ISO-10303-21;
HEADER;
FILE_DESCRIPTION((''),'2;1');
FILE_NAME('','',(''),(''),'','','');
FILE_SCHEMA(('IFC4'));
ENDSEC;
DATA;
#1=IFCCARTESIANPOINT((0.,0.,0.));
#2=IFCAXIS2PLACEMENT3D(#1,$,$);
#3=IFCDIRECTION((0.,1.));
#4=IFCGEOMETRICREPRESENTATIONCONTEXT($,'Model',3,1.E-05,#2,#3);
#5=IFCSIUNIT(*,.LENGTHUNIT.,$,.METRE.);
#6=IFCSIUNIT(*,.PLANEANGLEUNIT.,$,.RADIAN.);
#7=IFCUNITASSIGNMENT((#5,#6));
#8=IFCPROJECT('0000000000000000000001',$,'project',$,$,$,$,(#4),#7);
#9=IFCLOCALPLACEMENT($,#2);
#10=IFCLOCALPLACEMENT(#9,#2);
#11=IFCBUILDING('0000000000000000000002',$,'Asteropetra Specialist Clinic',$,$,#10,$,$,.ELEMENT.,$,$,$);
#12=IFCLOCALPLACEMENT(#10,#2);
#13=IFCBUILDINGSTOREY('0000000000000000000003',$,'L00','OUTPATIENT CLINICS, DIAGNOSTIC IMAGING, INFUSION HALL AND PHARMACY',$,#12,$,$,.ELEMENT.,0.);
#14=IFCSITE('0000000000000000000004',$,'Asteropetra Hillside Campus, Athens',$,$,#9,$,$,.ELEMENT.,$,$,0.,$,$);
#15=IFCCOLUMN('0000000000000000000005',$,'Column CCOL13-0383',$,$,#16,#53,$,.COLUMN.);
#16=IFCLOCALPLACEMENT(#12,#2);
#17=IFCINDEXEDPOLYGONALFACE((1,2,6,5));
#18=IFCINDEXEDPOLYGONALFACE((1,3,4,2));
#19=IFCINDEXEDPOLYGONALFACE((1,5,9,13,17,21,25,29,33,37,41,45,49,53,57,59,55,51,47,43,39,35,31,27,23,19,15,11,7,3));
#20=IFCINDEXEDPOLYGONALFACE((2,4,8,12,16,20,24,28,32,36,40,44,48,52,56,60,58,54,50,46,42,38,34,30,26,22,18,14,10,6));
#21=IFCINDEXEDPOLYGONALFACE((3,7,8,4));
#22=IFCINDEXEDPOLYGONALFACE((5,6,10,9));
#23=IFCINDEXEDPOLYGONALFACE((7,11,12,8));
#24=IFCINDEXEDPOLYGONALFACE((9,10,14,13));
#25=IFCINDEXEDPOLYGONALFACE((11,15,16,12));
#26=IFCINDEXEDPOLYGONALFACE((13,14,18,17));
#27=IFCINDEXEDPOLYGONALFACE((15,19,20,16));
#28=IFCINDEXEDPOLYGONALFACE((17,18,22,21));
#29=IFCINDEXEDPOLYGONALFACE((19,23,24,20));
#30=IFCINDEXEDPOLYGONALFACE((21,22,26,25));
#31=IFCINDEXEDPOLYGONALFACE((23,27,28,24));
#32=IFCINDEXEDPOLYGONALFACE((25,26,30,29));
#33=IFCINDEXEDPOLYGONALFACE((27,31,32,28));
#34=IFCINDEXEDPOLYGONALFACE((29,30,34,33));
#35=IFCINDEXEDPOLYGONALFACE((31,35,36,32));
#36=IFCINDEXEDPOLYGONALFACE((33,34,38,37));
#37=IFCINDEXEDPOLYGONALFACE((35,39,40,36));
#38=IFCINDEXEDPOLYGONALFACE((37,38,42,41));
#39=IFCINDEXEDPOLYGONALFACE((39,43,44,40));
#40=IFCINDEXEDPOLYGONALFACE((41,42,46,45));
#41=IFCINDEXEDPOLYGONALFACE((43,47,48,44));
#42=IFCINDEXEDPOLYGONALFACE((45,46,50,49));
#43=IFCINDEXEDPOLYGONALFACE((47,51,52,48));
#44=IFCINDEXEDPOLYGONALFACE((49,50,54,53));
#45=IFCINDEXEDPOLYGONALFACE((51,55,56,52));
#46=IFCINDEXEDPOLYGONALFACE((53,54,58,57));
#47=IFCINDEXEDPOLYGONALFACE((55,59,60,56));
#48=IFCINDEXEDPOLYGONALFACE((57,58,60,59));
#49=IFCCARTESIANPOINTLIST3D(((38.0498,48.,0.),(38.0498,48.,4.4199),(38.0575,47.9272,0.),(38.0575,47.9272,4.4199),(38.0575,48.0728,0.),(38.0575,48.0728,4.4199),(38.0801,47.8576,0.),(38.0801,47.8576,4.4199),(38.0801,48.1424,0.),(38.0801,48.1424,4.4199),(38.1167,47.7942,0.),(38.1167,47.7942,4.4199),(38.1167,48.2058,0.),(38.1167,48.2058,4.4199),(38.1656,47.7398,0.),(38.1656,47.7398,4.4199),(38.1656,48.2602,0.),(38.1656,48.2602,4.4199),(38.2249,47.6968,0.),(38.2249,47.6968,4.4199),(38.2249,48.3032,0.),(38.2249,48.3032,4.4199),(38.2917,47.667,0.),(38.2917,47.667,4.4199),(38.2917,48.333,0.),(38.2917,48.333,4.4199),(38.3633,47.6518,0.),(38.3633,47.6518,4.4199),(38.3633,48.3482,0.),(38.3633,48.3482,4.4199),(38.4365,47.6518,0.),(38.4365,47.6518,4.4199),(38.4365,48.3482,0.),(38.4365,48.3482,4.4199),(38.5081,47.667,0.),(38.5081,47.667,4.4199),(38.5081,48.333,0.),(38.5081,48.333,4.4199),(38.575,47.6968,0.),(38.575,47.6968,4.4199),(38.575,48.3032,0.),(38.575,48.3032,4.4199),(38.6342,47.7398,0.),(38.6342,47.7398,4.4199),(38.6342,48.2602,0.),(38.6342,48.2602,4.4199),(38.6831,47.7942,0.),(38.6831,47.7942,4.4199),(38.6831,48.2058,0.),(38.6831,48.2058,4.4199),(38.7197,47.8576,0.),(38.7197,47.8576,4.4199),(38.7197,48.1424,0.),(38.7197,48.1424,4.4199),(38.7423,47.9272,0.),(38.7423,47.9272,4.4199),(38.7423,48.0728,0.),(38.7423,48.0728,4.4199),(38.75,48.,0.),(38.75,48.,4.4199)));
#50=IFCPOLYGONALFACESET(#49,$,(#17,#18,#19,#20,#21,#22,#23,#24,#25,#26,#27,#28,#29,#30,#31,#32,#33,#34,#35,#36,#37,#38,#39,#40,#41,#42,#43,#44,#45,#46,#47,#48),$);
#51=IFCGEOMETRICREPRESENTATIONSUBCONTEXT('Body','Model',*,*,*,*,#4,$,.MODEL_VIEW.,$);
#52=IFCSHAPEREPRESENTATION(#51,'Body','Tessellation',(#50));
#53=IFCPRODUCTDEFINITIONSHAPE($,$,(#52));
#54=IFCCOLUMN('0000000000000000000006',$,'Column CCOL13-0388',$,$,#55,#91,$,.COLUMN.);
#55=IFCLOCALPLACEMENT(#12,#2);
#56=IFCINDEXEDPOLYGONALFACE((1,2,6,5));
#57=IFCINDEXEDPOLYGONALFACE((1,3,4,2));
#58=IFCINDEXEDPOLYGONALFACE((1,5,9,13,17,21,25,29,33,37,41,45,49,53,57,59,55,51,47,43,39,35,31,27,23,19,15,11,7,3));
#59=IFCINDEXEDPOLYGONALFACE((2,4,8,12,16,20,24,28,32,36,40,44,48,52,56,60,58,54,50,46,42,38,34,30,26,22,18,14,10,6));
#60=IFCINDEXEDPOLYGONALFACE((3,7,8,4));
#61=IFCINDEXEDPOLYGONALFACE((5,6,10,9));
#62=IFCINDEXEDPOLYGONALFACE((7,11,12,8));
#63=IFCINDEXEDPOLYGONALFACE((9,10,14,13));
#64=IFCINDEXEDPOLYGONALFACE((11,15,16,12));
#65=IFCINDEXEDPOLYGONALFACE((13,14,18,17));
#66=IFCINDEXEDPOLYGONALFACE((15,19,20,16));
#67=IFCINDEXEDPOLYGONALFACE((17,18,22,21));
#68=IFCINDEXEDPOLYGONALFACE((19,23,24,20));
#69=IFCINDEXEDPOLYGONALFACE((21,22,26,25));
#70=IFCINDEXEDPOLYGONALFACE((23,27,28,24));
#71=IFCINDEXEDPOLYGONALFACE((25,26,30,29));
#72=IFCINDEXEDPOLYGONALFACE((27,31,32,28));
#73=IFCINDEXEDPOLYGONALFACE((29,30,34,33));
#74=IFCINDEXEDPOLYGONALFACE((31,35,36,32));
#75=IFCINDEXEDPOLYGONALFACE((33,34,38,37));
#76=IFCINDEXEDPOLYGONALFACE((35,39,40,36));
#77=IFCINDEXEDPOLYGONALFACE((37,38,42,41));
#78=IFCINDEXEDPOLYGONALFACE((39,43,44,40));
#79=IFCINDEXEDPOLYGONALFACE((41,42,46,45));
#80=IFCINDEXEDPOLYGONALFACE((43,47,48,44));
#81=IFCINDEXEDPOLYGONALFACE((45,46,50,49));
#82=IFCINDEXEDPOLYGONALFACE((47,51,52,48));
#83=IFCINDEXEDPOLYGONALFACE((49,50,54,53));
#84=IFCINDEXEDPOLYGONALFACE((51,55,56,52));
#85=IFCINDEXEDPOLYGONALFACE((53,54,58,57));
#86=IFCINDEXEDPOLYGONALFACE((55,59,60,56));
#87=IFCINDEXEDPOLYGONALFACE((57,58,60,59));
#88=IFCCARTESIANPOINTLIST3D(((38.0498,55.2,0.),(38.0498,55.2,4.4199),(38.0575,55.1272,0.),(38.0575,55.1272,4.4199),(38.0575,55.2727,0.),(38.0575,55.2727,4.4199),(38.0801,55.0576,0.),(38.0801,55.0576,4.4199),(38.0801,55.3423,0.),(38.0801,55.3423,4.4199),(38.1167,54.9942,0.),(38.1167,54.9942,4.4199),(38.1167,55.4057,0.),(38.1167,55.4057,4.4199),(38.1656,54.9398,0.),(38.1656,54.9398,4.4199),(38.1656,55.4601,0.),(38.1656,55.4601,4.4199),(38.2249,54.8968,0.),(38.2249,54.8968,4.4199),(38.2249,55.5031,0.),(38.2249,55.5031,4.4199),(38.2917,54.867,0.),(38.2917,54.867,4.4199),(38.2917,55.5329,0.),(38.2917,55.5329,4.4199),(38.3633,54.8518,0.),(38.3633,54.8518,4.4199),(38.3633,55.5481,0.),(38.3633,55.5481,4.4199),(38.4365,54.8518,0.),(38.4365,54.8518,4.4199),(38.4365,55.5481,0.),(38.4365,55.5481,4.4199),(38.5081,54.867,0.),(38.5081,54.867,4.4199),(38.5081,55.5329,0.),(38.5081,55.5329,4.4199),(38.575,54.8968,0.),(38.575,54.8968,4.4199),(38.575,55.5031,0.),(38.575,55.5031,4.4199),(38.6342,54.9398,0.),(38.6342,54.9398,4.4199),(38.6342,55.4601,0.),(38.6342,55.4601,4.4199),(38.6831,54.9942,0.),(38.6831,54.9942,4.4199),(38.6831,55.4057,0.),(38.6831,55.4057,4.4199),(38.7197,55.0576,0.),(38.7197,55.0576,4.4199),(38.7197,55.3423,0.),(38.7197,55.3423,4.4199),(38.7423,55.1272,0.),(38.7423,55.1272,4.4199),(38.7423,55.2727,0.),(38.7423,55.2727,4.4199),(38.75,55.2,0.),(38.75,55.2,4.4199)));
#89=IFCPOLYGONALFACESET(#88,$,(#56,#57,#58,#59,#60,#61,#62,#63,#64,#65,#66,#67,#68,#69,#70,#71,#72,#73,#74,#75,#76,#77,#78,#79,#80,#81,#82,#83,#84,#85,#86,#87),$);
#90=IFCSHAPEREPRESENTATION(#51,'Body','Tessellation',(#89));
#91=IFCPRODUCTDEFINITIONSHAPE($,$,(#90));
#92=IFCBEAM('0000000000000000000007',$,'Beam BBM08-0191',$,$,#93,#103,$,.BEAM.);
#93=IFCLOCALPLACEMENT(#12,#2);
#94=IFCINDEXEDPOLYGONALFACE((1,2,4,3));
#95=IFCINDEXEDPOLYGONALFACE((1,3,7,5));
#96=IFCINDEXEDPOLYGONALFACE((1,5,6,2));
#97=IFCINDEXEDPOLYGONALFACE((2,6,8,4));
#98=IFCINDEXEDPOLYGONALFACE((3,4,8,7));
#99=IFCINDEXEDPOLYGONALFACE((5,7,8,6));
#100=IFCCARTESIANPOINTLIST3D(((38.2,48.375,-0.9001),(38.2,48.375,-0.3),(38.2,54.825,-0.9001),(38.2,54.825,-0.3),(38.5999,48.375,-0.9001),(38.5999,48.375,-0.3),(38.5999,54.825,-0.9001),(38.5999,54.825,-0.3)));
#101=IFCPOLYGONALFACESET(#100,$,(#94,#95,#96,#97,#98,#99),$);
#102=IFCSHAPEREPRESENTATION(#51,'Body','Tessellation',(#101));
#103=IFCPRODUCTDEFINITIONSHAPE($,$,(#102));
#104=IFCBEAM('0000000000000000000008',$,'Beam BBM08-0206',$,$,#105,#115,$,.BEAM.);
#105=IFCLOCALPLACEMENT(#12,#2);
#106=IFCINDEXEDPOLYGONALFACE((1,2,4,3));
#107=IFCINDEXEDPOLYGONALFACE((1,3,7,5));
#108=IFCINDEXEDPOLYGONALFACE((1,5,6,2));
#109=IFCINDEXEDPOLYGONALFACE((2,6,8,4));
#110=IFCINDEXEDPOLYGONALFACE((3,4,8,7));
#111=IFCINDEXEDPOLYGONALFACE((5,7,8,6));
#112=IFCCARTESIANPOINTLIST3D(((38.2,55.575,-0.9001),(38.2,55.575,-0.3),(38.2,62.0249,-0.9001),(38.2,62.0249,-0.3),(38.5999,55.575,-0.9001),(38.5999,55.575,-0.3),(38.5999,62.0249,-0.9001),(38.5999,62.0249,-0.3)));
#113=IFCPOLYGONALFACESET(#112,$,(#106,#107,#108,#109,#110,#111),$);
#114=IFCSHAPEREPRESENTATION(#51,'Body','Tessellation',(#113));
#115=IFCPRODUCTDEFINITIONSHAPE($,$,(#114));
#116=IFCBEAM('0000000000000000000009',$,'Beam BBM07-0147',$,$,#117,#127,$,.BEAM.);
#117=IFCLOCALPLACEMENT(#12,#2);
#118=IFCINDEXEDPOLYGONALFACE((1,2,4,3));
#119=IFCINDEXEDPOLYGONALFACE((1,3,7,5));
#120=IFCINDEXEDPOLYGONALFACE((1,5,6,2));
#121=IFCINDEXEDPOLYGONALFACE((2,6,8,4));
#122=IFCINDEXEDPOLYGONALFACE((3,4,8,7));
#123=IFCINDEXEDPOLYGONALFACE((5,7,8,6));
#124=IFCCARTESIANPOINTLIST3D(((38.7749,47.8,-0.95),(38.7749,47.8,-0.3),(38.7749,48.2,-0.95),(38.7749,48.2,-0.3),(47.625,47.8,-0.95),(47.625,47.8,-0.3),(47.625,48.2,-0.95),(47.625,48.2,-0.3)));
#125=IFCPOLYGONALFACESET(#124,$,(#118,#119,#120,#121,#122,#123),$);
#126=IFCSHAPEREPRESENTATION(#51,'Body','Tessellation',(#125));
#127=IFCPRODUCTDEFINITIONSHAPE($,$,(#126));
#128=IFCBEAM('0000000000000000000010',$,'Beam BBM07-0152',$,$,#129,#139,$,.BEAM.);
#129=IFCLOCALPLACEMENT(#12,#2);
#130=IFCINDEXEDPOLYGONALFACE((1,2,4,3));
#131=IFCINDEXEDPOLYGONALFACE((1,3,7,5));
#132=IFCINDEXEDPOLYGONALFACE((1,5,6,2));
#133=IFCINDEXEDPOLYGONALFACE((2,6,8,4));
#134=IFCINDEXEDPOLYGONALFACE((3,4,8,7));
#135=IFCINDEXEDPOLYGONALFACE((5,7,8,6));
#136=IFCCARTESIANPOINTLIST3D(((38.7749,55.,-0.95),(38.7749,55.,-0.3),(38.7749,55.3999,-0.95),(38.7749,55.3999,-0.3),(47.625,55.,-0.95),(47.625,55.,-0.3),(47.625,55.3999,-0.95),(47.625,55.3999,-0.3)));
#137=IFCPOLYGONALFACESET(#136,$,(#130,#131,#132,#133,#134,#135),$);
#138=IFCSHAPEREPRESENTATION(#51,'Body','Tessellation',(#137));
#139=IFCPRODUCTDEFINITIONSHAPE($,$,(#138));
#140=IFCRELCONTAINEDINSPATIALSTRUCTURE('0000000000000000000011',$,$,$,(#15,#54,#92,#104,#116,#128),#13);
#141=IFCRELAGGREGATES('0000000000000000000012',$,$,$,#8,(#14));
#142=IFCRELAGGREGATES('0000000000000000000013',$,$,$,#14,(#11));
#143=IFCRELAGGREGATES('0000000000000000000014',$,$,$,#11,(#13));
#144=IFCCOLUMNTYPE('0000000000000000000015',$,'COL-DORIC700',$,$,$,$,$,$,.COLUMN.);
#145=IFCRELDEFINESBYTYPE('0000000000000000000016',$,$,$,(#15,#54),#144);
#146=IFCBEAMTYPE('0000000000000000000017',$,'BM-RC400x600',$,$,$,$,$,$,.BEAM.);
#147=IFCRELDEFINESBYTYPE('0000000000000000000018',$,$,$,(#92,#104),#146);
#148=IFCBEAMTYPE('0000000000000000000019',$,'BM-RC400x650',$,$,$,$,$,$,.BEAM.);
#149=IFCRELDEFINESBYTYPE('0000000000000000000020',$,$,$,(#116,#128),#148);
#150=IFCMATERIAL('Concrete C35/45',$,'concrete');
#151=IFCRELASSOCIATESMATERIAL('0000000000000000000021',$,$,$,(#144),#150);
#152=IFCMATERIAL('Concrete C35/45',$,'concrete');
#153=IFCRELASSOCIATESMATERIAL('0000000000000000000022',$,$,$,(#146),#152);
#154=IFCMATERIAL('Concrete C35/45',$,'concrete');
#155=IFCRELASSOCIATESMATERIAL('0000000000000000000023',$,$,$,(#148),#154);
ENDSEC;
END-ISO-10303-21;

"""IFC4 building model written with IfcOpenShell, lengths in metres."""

from ifc_helpers import new_model, si_unit, direction, frame, origin, origin_2d, place, context, subcontext, project, spatial, rectangle, circle, extrude, material, material_profile, profile_set, type_object, element, save


model = new_model("IFC4")

# Units and contexts
model_context = context("Model", 3, precision=1e-05, world=origin(), true_north=direction((0.0, 1.0)))
body_context = subcontext(model_context, "Body", "Model", "MODEL_VIEW")
ifc_project = project(units=[si_unit("LENGTHUNIT", "METRE"), si_unit("PLANEANGLEUNIT", "RADIAN")], contexts=[model_context])

# Site, building, storey
site_placement = place(None, origin())
site = spatial("IfcSite", under=ifc_project, at=site_placement, Name="Asteropetra Hillside Campus, Athens", CompositionType="ELEMENT", RefElevation=0.0)
building_placement = place(site_placement, origin())
building = spatial("IfcBuilding", under=site, at=building_placement, Name="Asteropetra Specialist Clinic", CompositionType="ELEMENT")
storey_placement = place(building_placement, origin())
storey = spatial("IfcBuildingStorey", under=building, at=storey_placement, Name="L00", Description="OUTPATIENT CLINICS, DIAGNOSTIC IMAGING, INFUSION HALL AND PHARMACY", CompositionType="ELEMENT", Elevation=0.0)

# Columns
ifc_material_1 = material(Name="Concrete C35/45", Category="concrete")
ifc_material_profile_1 = material_profile(ifc_material_1, circle(Radius=0.3501, at=origin_2d()), Name="RCC D700")
ifc_profile_set_1 = profile_set([ifc_material_profile_1], Name="Concrete C35/45")
column_type = type_object("IfcColumnType", Name="COL-DORIC700", PredefinedType="COLUMN", material=ifc_profile_set_1)
for number, where, z_axis, x_axis, name in (
    (1, (38.3999, 48.0, 0.0), (0.0, 0.0, 1.0), (1.0, 0.0, 0.0), "Column CCOL13-0383"),
    (2, (38.3999, 55.2, 0.0), (0.0, 0.0, 1.0), (1.0, 0.0, 0.0), "Column CCOL13-0388"),
):
    element("IfcColumn", number, at=place(storey_placement, frame(where, z_axis=z_axis, x_axis=x_axis)), inside=storey, type_object=column_type, Name=name, PredefinedType="COLUMN", context=body_context, shape_type="SweptSolid", body=[
        extrude(circle(Radius=0.3501, at=origin_2d()), origin(), (0.0, 0.0, 1.0), 4.4199),
    ])

# Beams
ifc_material_2 = material(Name="Concrete C35/45", Category="concrete")
ifc_material_profile_2 = material_profile(ifc_material_2, rectangle(XDim=0.3999, YDim=0.6001, at=origin_2d()), Name="RCB 400x600")
ifc_profile_set_2 = profile_set([ifc_material_profile_2], Name="Concrete C35/45")
beam_type_1 = type_object("IfcBeamType", Name="BM-RC400x600", PredefinedType="BEAM", material=ifc_profile_set_2)
for number, where, z_axis, x_axis, name in (
    (3, (38.3999, 48.375, -0.6001), (0.0, 1.0, 0.0), (-1.0, 0.0, 0.0), "Beam BBM08-0191"),
    (4, (38.3999, 55.575, -0.6001), (0.0, 1.0, 0.0), (-1.0, 0.0, 0.0), "Beam BBM08-0206"),
):
    element("IfcBeam", number, at=place(storey_placement, frame(where, z_axis=z_axis, x_axis=x_axis)), inside=storey, type_object=beam_type_1, Name=name, PredefinedType="BEAM", context=body_context, shape_type="SweptSolid", body=[
        extrude(rectangle(XDim=0.3999, YDim=0.6001, at=origin_2d()), origin(), (0.0, 0.0, 1.0), 6.45),
    ])
ifc_material_3 = material(Name="Concrete C35/45", Category="concrete")
ifc_material_profile_3 = material_profile(ifc_material_3, rectangle(XDim=0.3999, YDim=0.6499, at=origin_2d()), Name="RCB 400x650")
ifc_profile_set_3 = profile_set([ifc_material_profile_3], Name="Concrete C35/45")
beam_type_2 = type_object("IfcBeamType", Name="BM-RC400x650", PredefinedType="BEAM", material=ifc_profile_set_3)
for number, where, z_axis, x_axis, name in (
    (5, (38.7749, 48.0, -0.625), (1.0, 0.0, 0.0), (0.0, 1.0, 0.0), "Beam BBM07-0147"),
    (6, (38.7749, 55.2, -0.625), (1.0, 0.0, 0.0), (0.0, 1.0, 0.0), "Beam BBM07-0152"),
):
    element("IfcBeam", number, at=place(storey_placement, frame(where, z_axis=z_axis, x_axis=x_axis)), inside=storey, type_object=beam_type_2, Name=name, PredefinedType="BEAM", context=body_context, shape_type="SweptSolid", body=[
        extrude(rectangle(XDim=0.3999, YDim=0.6499, at=origin_2d()), origin(), (0.0, 0.0, 1.0), 8.8501),
    ])

save(model, "model.ifc")
